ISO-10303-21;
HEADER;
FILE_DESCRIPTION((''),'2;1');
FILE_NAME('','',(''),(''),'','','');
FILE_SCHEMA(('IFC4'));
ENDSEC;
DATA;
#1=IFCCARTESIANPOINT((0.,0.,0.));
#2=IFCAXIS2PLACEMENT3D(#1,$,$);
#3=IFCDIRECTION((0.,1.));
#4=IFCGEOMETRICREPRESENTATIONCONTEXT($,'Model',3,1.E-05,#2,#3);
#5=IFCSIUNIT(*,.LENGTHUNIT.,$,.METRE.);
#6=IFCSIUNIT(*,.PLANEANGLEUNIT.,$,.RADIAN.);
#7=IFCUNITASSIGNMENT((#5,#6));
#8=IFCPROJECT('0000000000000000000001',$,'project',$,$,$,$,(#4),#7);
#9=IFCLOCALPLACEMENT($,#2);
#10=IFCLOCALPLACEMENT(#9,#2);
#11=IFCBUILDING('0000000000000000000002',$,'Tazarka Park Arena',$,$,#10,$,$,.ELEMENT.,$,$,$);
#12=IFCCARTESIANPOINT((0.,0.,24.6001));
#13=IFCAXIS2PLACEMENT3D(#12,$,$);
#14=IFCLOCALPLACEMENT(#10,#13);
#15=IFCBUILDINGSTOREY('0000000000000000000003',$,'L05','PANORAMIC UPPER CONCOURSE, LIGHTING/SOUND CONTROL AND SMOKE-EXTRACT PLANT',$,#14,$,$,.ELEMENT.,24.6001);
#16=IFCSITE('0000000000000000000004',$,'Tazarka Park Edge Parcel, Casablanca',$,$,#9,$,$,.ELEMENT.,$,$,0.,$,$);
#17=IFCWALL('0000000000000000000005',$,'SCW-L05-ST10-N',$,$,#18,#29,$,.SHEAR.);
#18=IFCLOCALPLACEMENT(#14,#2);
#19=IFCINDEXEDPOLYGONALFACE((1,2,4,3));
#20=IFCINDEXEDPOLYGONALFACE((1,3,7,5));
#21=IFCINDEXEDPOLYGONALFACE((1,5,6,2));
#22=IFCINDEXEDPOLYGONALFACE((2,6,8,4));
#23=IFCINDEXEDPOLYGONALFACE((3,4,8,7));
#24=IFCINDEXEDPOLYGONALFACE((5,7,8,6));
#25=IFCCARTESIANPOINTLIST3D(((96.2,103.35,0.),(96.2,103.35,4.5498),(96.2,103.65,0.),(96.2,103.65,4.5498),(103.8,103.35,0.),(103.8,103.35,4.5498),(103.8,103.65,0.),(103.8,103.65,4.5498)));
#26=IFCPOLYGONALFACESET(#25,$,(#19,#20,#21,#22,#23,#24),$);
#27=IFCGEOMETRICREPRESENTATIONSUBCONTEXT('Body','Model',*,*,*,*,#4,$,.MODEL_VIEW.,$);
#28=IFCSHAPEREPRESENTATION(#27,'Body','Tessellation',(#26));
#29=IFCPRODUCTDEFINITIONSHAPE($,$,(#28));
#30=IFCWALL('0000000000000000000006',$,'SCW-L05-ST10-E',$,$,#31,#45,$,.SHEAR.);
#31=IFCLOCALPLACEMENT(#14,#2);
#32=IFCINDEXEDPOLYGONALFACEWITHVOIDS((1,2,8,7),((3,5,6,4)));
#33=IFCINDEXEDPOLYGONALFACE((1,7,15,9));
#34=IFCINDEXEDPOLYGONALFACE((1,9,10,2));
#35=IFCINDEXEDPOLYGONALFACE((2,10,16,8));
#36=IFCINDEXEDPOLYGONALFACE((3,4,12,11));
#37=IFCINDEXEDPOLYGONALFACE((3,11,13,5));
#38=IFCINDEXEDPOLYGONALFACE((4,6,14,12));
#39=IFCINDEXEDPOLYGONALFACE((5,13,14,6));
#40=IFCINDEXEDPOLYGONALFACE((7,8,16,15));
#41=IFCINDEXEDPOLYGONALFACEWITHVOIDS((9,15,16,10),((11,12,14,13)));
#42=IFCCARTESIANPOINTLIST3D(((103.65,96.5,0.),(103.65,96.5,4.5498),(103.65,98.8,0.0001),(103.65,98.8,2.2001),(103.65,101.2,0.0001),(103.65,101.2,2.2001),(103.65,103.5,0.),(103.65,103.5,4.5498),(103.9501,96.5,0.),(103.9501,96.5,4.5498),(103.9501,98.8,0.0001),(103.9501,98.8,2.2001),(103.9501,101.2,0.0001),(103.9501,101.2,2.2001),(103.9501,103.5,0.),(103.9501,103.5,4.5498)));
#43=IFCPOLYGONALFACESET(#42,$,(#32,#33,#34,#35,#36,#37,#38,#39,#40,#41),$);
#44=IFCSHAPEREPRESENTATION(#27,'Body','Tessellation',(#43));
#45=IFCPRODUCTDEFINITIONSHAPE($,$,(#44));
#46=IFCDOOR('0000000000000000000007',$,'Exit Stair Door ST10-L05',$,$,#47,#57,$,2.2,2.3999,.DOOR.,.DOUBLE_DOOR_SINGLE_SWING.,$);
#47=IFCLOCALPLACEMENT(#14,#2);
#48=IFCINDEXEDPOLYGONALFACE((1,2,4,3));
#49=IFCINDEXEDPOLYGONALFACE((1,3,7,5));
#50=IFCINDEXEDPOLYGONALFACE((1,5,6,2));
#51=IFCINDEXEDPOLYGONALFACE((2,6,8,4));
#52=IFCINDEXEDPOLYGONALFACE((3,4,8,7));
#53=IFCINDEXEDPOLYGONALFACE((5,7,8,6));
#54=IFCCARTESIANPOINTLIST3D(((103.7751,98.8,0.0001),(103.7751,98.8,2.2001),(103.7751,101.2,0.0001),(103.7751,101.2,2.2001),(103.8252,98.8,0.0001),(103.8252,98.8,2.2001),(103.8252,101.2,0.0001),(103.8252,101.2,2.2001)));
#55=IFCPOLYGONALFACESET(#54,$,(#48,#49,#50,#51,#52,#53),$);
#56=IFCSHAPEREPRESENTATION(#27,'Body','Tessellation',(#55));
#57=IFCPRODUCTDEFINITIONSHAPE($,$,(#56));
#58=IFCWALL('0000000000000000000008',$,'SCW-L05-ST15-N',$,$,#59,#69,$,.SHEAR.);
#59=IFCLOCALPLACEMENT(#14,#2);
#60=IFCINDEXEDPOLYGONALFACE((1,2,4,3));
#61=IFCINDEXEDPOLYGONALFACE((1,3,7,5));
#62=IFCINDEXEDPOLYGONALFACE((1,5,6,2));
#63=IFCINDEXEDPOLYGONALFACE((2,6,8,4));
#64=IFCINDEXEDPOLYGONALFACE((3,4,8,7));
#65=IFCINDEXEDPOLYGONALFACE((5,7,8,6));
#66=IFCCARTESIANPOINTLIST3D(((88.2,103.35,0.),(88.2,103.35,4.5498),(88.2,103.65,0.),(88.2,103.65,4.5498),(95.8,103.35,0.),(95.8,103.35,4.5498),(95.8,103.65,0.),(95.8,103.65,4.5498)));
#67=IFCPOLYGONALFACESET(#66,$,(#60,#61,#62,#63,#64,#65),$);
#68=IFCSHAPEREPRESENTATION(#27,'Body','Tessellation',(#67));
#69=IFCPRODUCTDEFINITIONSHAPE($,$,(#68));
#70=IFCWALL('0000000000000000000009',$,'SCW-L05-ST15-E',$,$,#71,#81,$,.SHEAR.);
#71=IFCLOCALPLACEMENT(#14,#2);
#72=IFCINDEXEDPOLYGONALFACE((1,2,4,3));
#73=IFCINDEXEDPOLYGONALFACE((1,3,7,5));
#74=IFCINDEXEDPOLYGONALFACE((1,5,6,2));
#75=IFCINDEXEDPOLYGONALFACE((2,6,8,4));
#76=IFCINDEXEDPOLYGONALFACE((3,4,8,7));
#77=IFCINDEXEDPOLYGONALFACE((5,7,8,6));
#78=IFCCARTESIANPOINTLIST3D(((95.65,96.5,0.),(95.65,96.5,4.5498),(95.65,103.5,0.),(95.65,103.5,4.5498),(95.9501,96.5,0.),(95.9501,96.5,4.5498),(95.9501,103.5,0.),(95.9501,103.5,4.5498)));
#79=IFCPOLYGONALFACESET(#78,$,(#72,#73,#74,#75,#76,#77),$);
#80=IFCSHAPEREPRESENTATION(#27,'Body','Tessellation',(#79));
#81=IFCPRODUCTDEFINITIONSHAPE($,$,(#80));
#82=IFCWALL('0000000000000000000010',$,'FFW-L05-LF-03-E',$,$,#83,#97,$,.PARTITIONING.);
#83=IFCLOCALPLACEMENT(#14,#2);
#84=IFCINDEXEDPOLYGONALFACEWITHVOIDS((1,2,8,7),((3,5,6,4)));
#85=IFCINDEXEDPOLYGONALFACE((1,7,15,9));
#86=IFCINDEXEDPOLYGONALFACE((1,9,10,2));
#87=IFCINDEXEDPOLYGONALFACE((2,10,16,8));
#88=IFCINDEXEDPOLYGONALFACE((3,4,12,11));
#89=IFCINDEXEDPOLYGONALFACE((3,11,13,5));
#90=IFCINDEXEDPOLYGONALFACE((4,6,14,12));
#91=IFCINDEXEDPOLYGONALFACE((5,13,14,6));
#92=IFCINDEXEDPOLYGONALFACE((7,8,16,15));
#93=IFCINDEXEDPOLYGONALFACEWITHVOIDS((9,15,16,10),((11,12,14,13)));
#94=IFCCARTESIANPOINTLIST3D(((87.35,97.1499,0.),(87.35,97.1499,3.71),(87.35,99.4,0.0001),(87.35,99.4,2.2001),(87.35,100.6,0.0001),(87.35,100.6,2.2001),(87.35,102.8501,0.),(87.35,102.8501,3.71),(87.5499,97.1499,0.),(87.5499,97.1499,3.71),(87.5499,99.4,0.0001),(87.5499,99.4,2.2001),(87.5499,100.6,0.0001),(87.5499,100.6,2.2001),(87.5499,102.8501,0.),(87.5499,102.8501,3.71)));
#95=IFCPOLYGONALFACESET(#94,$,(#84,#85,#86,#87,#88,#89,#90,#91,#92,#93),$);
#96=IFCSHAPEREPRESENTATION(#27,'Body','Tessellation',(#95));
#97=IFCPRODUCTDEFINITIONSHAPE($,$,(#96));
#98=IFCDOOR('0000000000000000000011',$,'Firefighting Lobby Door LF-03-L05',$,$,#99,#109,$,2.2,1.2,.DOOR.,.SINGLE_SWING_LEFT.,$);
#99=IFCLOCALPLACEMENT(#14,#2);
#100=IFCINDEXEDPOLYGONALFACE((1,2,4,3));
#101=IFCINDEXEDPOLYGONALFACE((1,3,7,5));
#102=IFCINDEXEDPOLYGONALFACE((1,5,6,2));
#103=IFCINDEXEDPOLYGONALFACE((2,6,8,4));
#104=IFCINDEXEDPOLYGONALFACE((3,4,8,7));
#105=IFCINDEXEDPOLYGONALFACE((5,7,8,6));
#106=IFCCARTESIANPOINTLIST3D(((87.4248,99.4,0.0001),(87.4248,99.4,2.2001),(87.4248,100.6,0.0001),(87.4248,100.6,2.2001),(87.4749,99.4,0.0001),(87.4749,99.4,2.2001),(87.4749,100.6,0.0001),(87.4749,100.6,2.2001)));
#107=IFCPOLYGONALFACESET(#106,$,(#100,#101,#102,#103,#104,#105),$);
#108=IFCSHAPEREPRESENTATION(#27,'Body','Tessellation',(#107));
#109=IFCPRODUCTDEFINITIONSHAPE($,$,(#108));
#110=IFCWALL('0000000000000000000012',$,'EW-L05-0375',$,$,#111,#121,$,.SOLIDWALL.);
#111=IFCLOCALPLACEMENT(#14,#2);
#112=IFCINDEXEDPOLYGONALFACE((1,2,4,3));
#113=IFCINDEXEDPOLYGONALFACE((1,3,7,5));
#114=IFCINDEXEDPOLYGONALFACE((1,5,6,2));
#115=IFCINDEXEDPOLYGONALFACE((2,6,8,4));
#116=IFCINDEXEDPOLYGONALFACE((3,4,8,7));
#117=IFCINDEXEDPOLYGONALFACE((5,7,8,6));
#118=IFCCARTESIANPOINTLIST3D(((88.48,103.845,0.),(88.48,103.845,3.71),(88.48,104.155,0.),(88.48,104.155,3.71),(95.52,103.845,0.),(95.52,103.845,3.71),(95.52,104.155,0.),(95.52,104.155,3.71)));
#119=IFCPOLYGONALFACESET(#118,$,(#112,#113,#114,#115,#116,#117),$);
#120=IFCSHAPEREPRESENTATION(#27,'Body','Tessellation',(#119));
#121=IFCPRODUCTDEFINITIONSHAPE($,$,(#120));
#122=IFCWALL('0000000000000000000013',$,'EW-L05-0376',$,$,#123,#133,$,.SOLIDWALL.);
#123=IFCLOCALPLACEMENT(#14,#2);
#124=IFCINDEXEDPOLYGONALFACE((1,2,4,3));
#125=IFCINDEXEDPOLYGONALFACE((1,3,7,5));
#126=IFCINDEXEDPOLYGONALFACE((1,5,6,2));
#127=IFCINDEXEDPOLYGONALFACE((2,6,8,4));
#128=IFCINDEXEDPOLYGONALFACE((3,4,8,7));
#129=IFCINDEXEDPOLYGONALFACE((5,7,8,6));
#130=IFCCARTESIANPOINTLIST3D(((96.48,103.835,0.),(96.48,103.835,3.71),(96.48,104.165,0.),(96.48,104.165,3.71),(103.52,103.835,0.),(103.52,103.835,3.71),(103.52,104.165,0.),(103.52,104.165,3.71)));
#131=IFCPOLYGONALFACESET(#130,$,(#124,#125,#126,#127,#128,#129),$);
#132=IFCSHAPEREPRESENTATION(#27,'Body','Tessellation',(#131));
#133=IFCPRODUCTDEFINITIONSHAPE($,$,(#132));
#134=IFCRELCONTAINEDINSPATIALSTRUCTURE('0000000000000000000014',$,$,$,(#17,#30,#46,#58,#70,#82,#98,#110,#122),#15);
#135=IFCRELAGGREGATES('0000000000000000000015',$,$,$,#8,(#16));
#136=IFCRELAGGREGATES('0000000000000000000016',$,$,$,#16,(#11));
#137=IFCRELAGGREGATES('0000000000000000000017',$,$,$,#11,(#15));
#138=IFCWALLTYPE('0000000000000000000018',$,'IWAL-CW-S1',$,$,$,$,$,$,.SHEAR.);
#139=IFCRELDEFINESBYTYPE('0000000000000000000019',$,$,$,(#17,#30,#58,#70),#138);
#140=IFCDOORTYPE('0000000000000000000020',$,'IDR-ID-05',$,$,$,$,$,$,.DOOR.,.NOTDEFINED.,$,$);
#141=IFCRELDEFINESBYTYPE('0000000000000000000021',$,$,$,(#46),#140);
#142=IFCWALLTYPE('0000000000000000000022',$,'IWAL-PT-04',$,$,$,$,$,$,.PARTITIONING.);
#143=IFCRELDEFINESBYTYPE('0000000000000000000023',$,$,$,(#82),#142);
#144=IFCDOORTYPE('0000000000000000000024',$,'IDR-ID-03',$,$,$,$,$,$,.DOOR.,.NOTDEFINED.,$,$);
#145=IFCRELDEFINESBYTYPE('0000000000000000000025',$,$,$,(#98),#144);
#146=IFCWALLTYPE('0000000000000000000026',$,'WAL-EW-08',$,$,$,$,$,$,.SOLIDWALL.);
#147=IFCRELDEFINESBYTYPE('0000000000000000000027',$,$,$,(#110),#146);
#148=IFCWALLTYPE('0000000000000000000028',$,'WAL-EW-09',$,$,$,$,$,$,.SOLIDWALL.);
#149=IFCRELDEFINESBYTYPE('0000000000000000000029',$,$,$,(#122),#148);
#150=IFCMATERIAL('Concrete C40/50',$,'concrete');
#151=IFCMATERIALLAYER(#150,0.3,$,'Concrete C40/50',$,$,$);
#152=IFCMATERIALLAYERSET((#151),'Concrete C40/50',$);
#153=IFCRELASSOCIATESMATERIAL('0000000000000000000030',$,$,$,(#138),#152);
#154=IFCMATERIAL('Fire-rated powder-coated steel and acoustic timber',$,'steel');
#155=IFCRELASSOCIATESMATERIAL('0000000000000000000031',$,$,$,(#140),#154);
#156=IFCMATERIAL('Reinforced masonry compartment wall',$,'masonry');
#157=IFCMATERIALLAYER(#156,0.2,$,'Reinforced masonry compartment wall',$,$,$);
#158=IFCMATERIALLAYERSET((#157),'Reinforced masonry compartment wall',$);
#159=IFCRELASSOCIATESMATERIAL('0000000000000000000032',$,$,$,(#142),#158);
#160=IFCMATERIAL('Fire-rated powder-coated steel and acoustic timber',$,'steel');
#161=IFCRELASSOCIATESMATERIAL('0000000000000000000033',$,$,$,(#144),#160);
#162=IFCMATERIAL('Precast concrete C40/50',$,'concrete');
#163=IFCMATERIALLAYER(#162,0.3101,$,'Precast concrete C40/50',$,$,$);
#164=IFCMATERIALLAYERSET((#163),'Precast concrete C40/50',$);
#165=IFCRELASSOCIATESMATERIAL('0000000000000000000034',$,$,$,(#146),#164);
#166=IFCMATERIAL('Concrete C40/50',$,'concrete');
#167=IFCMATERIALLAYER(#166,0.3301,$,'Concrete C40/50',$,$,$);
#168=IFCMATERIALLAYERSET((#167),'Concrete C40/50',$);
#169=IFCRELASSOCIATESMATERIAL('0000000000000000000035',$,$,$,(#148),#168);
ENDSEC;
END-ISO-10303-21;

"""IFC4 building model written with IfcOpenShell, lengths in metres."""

from ifc_helpers import new_model, si_unit, direction, frame, frame_2d, origin, place, context, subcontext, project, spatial, rectangle, extrude, material, layer, layer_set, type_object, element, fill, save


model = new_model("IFC4")

# Units and contexts
model_context = context("Model", 3, precision=1e-05, world=origin(), true_north=direction((0.0, 1.0)))
body_context = subcontext(model_context, "Body", "Model", "MODEL_VIEW")
ifc_project = project(units=[si_unit("LENGTHUNIT", "METRE"), si_unit("PLANEANGLEUNIT", "RADIAN")], contexts=[model_context])

# Site, building, storey
site_placement = place(None, origin())
site = spatial("IfcSite", under=ifc_project, at=site_placement, Name="Tazarka Park Edge Parcel, Casablanca", CompositionType="ELEMENT", RefElevation=0.0)
building_placement = place(site_placement, origin())
building = spatial("IfcBuilding", under=site, at=building_placement, Name="Tazarka Park Arena", CompositionType="ELEMENT")
storey_placement = place(building_placement, frame((0.0, 0.0, 24.6001)))
storey = spatial("IfcBuildingStorey", under=building, at=storey_placement, Name="L05", Description="PANORAMIC UPPER CONCOURSE, LIGHTING/SOUND CONTROL AND SMOKE-EXTRACT PLANT", CompositionType="ELEMENT", Elevation=24.6001)

# Wall
ifc_material_1 = material(Name="Concrete C40/50", Category="concrete")
ifc_layer_1 = layer(ifc_material_1, 0.3, Name="Concrete C40/50")
ifc_layer_set_1 = layer_set([ifc_layer_1], Name="Concrete C40/50")
wall_type_1 = type_object("IfcWallType", Name="IWAL-CW-S1", PredefinedType="SHEAR", material=ifc_layer_set_1)
wall_1_placement = place(storey_placement, frame((96.2, 103.5, 0.0), z_axis=(0.0, 0.0, 1.0), x_axis=(1.0, 0.0, 0.0)))
element("IfcWall", 1, at=wall_1_placement, inside=storey, type_object=wall_type_1, Name="SCW-L05-ST10-N", PredefinedType="SHEAR", context=body_context, shape_type="SweptSolid", body=[
    extrude(rectangle(XDim=7.6001, YDim=0.3, at=frame_2d((3.8, 0.0))), origin(), (0.0, 0.0, 1.0), 4.5498),
])

# Wall, opening, door
wall_2_placement = place(storey_placement, frame((103.8, 103.5, 0.0), z_axis=(0.0, 0.0, 1.0), x_axis=(0.0, -1.0, 0.0)))
wall_2 = element("IfcWall", 2, at=wall_2_placement, inside=storey, type_object=wall_type_1, Name="SCW-L05-ST10-E", PredefinedType="SHEAR", context=body_context, shape_type="SweptSolid", body=[
    extrude(rectangle(XDim=7.0, YDim=0.3, at=frame_2d((3.5, 0.0))), origin(), (0.0, 0.0, 1.0), 4.5498),
])
opening_1_placement = place(wall_2_placement, frame((2.3, 0.0, 0.0)))
opening_1 = element("IfcOpeningElement", 3, at=opening_1_placement, cuts=wall_2, PredefinedType="OPENING", context=body_context, shape_type="SweptSolid", body=[
    extrude(rectangle(XDim=2.3999, YDim=2.2, at=frame_2d((1.2, 1.1001))), frame((0.0, 0.1602, 0.0), z_axis=(0.0, -1.0, 0.0), x_axis=(1.0, 0.0, 0.0)), (0.0, 0.0, 1.0), 0.3201),
])
ifc_material_2 = material(Name="Fire-rated powder-coated steel and acoustic timber", Category="steel")
door_type_1 = type_object("IfcDoorType", Name="IDR-ID-05", OperationType="NOTDEFINED", PredefinedType="DOOR", material=ifc_material_2)
door_1_placement = place(opening_1_placement, frame((2.3999, 0.0, 0.0), z_axis=(0.0, 0.0, 1.0), x_axis=(-1.0, 0.0, 0.0)))
door_1 = element("IfcDoor", 4, at=door_1_placement, inside=storey, type_object=door_type_1, Name="Exit Stair Door ST10-L05", OperationType="DOUBLE_DOOR_SINGLE_SWING", OverallHeight=2.2, OverallWidth=2.3999, PredefinedType="DOOR", context=body_context, shape_type="SweptSolid", body=[
    extrude(rectangle(XDim=2.3999, YDim=2.2, at=frame_2d((1.2, 1.1001))), frame((0.0, 0.0249, 0.0), z_axis=(0.0, -1.0, 0.0), x_axis=(1.0, 0.0, 0.0)), (0.0, 0.0, 1.0), 0.05),
])
fill(opening_1, door_1)

# Walls
wall_3_placement = place(storey_placement, frame((88.2, 103.5, 0.0), z_axis=(0.0, 0.0, 1.0), x_axis=(1.0, 0.0, 0.0)))
element("IfcWall", 5, at=wall_3_placement, inside=storey, type_object=wall_type_1, Name="SCW-L05-ST15-N", PredefinedType="SHEAR", context=body_context, shape_type="SweptSolid", body=[
    extrude(rectangle(XDim=7.6001, YDim=0.3, at=frame_2d((3.8, 0.0))), origin(), (0.0, 0.0, 1.0), 4.5498),
])
wall_4_placement = place(storey_placement, frame((95.8, 103.5, 0.0), z_axis=(0.0, 0.0, 1.0), x_axis=(0.0, -1.0, 0.0)))
element("IfcWall", 6, at=wall_4_placement, inside=storey, type_object=wall_type_1, Name="SCW-L05-ST15-E", PredefinedType="SHEAR", context=body_context, shape_type="SweptSolid", body=[
    extrude(rectangle(XDim=7.0, YDim=0.3, at=frame_2d((3.5, 0.0))), origin(), (0.0, 0.0, 1.0), 4.5498),
])

# Wall, opening, door
ifc_material_3 = material(Name="Reinforced masonry compartment wall", Category="masonry")
ifc_layer_2 = layer(ifc_material_3, 0.2, Name="Reinforced masonry compartment wall")
ifc_layer_set_2 = layer_set([ifc_layer_2], Name="Reinforced masonry compartment wall")
wall_type_2 = type_object("IfcWallType", Name="IWAL-PT-04", PredefinedType="PARTITIONING", material=ifc_layer_set_2)
wall_5_placement = place(storey_placement, frame((87.45, 102.8501, 0.0), z_axis=(0.0, 0.0, 1.0), x_axis=(0.0, -1.0, 0.0)))
wall_5 = element("IfcWall", 7, at=wall_5_placement, inside=storey, type_object=wall_type_2, Name="FFW-L05-LF-03-E", PredefinedType="PARTITIONING", context=body_context, shape_type="SweptSolid", body=[
    extrude(rectangle(XDim=5.7002, YDim=0.2, at=frame_2d((2.8501, 0.0))), origin(), (0.0, 0.0, 1.0), 3.71),
])
opening_2_placement = place(wall_5_placement, frame((2.25, 0.0, 0.0)))
opening_2 = element("IfcOpeningElement", 8, at=opening_2_placement, cuts=wall_5, PredefinedType="OPENING", context=body_context, shape_type="SweptSolid", body=[
    extrude(rectangle(XDim=1.2, YDim=2.2, at=frame_2d((0.6001, 1.1001))), frame((0.0, 0.1099, 0.0), z_axis=(0.0, -1.0, 0.0), x_axis=(1.0, 0.0, 0.0)), (0.0, 0.0, 1.0), 0.22),
])
ifc_material_4 = material(Name="Fire-rated powder-coated steel and acoustic timber", Category="steel")
door_type_2 = type_object("IfcDoorType", Name="IDR-ID-03", OperationType="NOTDEFINED", PredefinedType="DOOR", material=ifc_material_4)
door_2_placement = place(opening_2_placement, origin())
door_2 = element("IfcDoor", 9, at=door_2_placement, inside=storey, type_object=door_type_2, Name="Firefighting Lobby Door LF-03-L05", OperationType="SINGLE_SWING_LEFT", OverallHeight=2.2, OverallWidth=1.2, PredefinedType="DOOR", context=body_context, shape_type="SweptSolid", body=[
    extrude(rectangle(XDim=1.2, YDim=2.2, at=frame_2d((0.6001, 1.1001))), frame((0.0, 0.0249, 0.0), z_axis=(0.0, -1.0, 0.0), x_axis=(1.0, 0.0, 0.0)), (0.0, 0.0, 1.0), 0.05),
])
fill(opening_2, door_2)

# Walls
ifc_material_5 = material(Name="Precast concrete C40/50", Category="concrete")
ifc_layer_3 = layer(ifc_material_5, 0.3101, Name="Precast concrete C40/50")
ifc_layer_set_3 = layer_set([ifc_layer_3], Name="Precast concrete C40/50")
wall_type_3 = type_object("IfcWallType", Name="WAL-EW-08", PredefinedType="SOLIDWALL", material=ifc_layer_set_3)
wall_6_placement = place(storey_placement, frame((88.48, 104.0, 0.0), z_axis=(0.0, 0.0, 1.0), x_axis=(1.0, 0.0, 0.0)))
element("IfcWall", 10, at=wall_6_placement, inside=storey, type_object=wall_type_3, Name="EW-L05-0375", PredefinedType="SOLIDWALL", context=body_context, shape_type="SweptSolid", body=[
    extrude(rectangle(XDim=7.04, YDim=0.3101, at=frame_2d((3.52, 0.0))), origin(), (0.0, 0.0, 1.0), 3.71),
])
ifc_material_6 = material(Name="Concrete C40/50", Category="concrete")
ifc_layer_4 = layer(ifc_material_6, 0.3301, Name="Concrete C40/50")
ifc_layer_set_4 = layer_set([ifc_layer_4], Name="Concrete C40/50")
wall_type_4 = type_object("IfcWallType", Name="WAL-EW-09", PredefinedType="SOLIDWALL", material=ifc_layer_set_4)
wall_7_placement = place(storey_placement, frame((96.48, 104.0, 0.0), z_axis=(0.0, 0.0, 1.0), x_axis=(1.0, 0.0, 0.0)))
element("IfcWall", 11, at=wall_7_placement, inside=storey, type_object=wall_type_4, Name="EW-L05-0376", PredefinedType="SOLIDWALL", context=body_context, shape_type="SweptSolid", body=[
    extrude(rectangle(XDim=7.04, YDim=0.3301, at=frame_2d((3.52, 0.0))), origin(), (0.0, 0.0, 1.0), 3.71),
])

save(model, "model.ifc")
